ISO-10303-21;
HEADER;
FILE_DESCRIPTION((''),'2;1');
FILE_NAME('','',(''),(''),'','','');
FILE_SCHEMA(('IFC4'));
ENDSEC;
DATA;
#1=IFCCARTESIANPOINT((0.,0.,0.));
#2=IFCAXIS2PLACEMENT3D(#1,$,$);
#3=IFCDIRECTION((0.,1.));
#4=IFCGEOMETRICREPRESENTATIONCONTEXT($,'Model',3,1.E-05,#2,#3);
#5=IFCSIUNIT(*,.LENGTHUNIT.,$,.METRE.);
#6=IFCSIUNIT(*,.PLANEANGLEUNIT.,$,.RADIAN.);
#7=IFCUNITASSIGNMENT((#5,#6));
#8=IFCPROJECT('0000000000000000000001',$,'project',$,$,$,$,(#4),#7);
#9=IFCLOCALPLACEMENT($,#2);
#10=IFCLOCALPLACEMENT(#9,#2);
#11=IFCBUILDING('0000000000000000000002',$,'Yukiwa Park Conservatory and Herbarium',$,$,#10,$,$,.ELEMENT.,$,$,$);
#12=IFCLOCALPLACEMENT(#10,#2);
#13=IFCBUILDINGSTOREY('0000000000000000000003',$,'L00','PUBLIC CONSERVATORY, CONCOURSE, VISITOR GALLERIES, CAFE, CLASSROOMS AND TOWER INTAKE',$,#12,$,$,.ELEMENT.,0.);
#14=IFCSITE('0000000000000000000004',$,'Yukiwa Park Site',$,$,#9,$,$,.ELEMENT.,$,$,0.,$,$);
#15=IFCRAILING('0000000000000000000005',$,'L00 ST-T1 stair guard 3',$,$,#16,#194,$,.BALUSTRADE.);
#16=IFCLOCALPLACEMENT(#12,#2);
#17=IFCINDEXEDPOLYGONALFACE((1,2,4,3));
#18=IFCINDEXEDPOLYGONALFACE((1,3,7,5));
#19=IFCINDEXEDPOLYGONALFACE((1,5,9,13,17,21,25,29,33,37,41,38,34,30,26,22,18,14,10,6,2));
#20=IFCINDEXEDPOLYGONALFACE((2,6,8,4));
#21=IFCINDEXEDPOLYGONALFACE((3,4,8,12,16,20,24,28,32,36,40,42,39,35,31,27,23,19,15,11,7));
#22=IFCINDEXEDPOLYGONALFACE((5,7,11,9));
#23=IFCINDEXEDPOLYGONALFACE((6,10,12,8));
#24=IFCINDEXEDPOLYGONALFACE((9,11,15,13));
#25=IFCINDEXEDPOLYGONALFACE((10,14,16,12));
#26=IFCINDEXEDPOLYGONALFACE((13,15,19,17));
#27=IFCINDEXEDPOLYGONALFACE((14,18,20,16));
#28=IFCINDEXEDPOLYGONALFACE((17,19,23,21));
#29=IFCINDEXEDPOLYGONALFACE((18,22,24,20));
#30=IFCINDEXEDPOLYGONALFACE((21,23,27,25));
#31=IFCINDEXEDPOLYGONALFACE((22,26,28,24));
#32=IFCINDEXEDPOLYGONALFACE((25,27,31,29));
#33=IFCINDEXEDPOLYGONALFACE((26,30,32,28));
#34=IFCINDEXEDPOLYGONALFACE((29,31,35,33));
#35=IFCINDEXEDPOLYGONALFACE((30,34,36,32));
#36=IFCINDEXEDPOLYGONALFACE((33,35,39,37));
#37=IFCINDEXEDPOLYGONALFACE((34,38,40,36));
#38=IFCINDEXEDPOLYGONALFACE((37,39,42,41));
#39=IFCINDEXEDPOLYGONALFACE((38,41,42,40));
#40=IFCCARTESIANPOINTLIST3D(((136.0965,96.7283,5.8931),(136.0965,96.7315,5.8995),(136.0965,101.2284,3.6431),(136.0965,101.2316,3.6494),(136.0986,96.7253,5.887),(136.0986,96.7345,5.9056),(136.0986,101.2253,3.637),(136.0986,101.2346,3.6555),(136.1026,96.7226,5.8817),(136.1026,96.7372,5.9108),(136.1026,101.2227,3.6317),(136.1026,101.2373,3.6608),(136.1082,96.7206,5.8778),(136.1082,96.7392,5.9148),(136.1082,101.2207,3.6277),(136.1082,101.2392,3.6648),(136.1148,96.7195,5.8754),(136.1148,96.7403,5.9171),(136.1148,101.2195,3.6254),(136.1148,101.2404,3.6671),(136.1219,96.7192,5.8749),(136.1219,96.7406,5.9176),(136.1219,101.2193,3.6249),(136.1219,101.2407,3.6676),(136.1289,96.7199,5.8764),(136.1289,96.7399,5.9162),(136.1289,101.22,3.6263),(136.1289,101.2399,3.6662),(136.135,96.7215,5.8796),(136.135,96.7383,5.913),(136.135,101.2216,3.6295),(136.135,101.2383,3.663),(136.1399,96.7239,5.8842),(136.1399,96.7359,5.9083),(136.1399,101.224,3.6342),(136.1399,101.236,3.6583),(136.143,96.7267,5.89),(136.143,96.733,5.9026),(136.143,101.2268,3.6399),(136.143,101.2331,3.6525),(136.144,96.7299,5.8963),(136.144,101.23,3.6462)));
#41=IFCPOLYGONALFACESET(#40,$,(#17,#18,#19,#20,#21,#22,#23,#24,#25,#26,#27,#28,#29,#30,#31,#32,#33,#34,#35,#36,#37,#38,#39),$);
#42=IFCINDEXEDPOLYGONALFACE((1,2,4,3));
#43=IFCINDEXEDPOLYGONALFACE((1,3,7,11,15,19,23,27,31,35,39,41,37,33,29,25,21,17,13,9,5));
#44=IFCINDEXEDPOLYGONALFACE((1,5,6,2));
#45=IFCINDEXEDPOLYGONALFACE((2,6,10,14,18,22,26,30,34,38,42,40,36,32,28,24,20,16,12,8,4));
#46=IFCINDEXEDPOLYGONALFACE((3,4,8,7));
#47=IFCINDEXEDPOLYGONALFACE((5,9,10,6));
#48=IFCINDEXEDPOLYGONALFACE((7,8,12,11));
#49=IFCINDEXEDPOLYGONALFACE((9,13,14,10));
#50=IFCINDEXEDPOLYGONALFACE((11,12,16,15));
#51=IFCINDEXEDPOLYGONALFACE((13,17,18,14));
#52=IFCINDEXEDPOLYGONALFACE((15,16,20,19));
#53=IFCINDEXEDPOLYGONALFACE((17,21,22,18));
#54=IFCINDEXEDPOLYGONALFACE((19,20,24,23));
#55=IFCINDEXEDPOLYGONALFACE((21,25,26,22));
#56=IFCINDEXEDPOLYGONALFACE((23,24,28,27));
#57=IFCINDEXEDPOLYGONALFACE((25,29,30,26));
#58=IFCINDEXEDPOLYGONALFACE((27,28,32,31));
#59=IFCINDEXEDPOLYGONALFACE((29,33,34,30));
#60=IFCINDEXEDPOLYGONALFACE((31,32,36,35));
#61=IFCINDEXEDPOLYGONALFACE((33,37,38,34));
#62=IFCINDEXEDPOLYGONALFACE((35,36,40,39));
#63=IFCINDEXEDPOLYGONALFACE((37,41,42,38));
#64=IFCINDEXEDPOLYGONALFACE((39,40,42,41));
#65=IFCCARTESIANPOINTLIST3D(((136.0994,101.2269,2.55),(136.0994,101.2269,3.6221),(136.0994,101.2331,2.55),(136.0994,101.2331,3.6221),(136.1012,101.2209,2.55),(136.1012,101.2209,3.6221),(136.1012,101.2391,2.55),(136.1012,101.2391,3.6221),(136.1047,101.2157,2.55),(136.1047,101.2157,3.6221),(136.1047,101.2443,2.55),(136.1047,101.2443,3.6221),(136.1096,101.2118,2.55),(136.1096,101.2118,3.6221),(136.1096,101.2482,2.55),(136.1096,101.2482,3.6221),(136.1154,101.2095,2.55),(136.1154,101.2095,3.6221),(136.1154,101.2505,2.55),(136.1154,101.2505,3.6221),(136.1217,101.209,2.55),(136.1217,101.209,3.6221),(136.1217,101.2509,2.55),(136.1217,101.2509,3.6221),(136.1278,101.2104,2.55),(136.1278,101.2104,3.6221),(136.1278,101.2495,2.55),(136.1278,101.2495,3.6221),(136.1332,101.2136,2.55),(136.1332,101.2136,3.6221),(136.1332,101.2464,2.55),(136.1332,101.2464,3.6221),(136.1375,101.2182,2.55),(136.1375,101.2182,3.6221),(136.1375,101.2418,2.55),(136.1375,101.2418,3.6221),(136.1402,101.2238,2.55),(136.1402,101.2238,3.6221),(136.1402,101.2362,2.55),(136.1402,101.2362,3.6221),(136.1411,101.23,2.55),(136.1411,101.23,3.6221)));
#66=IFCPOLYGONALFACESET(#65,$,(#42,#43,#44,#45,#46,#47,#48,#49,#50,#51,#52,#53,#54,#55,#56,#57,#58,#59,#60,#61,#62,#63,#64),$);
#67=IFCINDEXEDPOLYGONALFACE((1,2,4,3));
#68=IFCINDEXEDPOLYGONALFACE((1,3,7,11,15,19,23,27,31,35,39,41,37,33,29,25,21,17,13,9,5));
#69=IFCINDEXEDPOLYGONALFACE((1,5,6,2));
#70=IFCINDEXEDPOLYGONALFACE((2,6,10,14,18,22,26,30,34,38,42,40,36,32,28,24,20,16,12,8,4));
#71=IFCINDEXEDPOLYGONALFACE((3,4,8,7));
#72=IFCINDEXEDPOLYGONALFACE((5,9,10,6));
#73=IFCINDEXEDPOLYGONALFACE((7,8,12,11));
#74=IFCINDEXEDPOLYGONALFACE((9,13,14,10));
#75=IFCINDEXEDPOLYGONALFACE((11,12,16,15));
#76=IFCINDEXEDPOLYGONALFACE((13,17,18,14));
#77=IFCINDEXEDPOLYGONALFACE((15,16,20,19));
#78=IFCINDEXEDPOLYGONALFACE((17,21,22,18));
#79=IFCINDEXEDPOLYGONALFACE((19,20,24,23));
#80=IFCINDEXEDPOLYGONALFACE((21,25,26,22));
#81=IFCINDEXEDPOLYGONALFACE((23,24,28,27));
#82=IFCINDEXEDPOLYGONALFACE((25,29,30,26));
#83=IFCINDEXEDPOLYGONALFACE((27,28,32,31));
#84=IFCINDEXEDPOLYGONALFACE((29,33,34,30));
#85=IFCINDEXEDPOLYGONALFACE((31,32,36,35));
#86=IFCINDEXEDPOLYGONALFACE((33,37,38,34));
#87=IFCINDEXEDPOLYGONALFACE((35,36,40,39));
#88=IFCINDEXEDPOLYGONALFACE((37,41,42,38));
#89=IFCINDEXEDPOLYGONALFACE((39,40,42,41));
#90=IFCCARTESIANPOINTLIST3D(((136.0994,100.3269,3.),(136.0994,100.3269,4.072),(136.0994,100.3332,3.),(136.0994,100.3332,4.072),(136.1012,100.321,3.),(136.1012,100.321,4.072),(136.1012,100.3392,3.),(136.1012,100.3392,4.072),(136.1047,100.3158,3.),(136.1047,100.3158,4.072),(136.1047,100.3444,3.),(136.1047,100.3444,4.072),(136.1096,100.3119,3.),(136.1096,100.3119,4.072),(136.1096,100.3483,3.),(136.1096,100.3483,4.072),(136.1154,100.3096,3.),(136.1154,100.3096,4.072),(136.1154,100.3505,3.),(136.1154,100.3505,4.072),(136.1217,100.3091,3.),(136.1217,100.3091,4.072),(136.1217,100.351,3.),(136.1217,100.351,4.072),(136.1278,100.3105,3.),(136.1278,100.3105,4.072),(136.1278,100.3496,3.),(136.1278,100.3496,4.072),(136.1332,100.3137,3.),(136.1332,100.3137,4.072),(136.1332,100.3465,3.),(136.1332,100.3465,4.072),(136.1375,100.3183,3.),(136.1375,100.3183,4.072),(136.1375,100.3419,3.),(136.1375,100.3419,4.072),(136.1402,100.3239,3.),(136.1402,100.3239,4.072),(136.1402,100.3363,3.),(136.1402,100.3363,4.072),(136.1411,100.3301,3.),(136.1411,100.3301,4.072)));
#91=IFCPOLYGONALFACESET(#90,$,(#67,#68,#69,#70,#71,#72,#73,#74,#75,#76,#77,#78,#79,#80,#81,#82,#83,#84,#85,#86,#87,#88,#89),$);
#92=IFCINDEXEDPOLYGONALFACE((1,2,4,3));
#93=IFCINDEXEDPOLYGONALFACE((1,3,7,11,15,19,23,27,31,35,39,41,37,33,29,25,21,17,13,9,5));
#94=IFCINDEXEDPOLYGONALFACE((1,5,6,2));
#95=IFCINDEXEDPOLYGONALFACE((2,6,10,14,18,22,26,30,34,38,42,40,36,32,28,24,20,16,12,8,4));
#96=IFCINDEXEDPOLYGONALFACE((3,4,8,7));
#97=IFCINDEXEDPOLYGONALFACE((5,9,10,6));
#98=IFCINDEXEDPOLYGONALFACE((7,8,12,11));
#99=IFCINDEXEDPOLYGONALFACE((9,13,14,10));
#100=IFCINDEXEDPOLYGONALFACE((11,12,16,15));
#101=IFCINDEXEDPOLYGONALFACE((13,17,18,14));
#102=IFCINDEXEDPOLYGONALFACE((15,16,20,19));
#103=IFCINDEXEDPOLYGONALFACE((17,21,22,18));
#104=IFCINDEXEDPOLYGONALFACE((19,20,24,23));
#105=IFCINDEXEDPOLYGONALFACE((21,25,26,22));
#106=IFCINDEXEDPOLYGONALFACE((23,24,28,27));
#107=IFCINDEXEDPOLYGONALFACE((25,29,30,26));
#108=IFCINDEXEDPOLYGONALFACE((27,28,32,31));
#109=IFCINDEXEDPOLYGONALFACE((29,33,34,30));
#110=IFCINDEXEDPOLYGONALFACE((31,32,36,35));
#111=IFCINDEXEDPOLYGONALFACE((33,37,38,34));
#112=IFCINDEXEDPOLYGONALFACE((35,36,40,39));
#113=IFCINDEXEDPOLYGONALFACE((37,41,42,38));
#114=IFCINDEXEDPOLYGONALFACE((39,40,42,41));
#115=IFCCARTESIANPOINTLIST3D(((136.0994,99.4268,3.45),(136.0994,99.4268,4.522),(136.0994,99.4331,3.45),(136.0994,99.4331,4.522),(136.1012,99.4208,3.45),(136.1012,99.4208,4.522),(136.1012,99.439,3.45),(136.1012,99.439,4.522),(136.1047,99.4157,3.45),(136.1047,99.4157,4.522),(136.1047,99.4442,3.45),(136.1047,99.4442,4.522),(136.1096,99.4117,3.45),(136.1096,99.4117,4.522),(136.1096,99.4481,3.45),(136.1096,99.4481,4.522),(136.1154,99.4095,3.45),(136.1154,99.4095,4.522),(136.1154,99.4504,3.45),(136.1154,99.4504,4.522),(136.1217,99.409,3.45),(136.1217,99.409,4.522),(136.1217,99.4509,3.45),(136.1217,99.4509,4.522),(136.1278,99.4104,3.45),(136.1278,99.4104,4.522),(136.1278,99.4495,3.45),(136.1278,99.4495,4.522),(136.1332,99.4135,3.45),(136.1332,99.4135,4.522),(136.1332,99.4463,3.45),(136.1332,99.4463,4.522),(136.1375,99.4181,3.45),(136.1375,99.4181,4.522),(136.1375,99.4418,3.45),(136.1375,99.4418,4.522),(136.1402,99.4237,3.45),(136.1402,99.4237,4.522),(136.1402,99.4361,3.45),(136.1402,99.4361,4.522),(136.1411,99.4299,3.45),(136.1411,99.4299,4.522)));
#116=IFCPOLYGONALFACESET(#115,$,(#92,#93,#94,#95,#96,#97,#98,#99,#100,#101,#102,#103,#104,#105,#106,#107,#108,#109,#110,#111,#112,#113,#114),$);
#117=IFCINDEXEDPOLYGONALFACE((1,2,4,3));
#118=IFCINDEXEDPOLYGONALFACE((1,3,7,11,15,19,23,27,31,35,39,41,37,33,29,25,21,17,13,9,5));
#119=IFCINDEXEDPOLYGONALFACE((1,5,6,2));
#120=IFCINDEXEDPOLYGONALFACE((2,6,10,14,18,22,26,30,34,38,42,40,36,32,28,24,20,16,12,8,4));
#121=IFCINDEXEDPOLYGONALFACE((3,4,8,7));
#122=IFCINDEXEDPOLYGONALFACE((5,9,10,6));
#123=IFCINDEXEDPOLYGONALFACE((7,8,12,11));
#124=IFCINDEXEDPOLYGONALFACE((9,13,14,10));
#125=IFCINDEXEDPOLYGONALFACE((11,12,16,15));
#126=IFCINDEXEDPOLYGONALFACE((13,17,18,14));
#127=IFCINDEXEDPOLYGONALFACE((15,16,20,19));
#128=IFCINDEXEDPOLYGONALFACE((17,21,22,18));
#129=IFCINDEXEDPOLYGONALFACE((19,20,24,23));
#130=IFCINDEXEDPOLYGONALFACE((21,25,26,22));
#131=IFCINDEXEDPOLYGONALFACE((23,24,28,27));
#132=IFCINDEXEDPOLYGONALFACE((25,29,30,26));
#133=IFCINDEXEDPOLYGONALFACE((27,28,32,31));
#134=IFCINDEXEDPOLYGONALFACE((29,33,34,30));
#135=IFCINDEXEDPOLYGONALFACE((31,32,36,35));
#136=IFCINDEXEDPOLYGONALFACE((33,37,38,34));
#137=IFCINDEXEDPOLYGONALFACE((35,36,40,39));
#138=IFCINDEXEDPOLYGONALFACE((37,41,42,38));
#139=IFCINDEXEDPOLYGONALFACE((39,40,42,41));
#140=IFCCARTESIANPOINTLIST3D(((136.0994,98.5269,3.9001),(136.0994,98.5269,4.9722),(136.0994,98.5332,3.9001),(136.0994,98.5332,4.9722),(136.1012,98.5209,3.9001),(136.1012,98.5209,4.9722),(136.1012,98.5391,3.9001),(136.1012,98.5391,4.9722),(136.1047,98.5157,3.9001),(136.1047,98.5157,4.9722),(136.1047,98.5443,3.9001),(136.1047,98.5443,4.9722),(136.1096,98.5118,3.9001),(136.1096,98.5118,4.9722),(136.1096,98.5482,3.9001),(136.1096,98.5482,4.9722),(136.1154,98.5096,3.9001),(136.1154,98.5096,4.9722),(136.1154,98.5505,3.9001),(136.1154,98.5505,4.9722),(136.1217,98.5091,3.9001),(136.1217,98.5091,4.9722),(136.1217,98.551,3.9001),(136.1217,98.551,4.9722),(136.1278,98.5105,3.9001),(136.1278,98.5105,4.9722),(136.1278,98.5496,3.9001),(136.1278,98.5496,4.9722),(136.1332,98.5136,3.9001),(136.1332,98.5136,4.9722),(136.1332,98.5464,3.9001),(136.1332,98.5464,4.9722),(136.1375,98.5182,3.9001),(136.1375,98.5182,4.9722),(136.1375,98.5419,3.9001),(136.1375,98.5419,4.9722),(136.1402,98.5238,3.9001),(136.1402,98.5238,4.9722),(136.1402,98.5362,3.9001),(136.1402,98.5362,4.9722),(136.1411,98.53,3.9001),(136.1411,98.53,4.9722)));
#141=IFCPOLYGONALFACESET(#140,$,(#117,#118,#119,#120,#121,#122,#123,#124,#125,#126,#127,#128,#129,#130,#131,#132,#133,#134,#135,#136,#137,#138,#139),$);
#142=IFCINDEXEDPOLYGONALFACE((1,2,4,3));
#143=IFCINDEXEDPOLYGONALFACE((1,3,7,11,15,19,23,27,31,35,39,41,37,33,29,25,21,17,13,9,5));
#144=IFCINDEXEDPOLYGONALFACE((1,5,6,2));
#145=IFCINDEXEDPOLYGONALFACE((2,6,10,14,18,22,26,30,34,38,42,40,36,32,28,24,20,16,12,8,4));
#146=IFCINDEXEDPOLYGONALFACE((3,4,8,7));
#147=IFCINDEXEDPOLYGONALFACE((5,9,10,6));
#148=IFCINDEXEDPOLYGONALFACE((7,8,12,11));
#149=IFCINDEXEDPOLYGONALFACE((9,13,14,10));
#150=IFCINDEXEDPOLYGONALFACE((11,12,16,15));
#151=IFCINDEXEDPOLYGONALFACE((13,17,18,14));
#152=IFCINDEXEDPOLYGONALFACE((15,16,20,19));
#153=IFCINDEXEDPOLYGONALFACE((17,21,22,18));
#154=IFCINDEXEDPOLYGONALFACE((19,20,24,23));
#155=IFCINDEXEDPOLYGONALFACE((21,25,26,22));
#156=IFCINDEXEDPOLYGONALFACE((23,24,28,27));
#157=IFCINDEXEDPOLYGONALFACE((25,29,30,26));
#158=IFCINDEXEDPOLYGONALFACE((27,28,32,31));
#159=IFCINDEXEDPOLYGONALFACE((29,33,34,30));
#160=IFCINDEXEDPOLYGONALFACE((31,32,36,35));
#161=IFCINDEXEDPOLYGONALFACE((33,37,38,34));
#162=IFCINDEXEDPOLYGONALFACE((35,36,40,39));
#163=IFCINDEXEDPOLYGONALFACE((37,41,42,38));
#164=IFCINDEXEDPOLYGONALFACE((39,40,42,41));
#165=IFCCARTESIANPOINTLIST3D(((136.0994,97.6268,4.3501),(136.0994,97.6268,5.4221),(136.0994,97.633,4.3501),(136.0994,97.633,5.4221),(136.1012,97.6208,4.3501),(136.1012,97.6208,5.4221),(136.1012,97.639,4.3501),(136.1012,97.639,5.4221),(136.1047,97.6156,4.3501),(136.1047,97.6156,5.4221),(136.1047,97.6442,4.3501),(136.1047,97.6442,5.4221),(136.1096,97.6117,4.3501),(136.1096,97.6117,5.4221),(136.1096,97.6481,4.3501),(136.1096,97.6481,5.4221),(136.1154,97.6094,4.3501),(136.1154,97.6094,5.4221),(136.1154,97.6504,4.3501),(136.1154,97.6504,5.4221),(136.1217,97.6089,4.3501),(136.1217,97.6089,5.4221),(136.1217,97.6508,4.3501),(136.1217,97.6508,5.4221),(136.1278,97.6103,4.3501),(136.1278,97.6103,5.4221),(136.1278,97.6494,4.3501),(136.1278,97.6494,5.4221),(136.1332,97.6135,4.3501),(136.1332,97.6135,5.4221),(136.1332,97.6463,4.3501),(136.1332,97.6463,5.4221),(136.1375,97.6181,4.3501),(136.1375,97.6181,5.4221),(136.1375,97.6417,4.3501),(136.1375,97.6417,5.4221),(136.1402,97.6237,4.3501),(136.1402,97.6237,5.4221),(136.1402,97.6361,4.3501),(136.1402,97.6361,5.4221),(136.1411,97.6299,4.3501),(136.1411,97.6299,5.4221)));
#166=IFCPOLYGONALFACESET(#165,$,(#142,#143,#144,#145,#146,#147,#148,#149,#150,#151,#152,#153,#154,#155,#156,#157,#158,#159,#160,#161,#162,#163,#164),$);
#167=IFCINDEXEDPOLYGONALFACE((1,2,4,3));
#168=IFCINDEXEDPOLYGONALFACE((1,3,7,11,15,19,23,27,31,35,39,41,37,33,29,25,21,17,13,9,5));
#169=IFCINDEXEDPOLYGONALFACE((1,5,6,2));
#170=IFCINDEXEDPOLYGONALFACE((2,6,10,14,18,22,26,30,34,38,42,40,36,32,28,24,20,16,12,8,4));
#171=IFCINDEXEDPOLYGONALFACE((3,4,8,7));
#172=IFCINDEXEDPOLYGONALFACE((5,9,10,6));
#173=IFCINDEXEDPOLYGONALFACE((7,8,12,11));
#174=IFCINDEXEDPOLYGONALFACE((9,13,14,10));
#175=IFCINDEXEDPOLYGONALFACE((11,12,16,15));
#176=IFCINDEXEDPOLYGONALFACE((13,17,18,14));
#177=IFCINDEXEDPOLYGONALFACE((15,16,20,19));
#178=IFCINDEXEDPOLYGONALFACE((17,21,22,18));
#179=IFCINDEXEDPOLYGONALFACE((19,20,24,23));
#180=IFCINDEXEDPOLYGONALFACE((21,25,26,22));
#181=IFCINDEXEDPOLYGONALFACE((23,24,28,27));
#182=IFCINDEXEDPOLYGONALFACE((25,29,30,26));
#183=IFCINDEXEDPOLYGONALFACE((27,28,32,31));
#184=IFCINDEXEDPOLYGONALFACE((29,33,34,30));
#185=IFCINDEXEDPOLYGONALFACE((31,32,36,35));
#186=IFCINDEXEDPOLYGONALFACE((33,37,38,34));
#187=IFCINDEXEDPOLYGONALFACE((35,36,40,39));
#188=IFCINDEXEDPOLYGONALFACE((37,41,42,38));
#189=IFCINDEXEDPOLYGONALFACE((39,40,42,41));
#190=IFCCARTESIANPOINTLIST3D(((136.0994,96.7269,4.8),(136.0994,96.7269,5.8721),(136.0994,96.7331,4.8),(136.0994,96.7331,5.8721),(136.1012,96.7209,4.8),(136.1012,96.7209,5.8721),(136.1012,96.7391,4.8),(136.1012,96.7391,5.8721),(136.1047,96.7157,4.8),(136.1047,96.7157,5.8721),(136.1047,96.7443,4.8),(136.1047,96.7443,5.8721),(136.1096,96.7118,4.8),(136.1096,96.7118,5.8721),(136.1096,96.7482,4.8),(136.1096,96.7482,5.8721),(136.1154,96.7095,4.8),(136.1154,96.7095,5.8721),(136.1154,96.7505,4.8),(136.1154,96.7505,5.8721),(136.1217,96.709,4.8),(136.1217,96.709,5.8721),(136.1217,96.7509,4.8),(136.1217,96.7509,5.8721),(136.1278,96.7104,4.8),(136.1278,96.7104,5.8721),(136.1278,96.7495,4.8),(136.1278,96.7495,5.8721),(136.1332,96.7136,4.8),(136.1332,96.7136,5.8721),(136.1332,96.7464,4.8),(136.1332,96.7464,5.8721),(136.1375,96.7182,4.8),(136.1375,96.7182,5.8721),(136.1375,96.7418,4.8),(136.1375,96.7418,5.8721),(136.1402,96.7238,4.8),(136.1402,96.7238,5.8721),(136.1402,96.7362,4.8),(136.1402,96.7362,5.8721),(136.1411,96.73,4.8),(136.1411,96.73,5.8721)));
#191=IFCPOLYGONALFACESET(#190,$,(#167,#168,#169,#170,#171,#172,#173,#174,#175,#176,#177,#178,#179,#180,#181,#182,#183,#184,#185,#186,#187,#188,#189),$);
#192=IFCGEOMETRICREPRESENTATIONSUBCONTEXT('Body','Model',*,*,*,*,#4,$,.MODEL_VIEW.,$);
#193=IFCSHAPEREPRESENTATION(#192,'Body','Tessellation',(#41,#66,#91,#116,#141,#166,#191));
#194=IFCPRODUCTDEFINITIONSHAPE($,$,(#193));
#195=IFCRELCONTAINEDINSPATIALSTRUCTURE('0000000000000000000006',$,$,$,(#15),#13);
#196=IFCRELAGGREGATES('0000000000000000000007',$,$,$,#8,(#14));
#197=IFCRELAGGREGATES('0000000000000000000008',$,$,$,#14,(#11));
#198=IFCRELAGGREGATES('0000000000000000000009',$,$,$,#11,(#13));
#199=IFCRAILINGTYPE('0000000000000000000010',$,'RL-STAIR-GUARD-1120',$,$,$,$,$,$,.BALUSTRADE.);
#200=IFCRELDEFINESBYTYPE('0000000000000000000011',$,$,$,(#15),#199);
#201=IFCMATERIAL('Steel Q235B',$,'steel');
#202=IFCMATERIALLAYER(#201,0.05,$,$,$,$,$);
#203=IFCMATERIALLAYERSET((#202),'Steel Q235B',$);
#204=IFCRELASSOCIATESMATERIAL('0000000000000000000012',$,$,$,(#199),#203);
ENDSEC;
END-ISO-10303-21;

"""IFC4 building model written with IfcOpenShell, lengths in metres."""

from ifc_helpers import new_model, si_unit, direction, frame, origin, origin_2d, place, context, subcontext, project, spatial, circle, extrude, material, layer, layer_set, type_object, element, save


model = new_model("IFC4")

# Units and contexts
model_context = context("Model", 3, precision=1e-05, world=origin(), true_north=direction((0.0, 1.0)))
body_context = subcontext(model_context, "Body", "Model", "MODEL_VIEW")
ifc_project = project(units=[si_unit("LENGTHUNIT", "METRE"), si_unit("PLANEANGLEUNIT", "RADIAN")], contexts=[model_context])

# Site, building, storey
site_placement = place(None, origin())
site = spatial("IfcSite", under=ifc_project, at=site_placement, Name="Yukiwa Park Site", CompositionType="ELEMENT", RefElevation=0.0)
building_placement = place(site_placement, origin())
building = spatial("IfcBuilding", under=site, at=building_placement, Name="Yukiwa Park Conservatory and Herbarium", CompositionType="ELEMENT")
storey_placement = place(building_placement, origin())
storey = spatial("IfcBuildingStorey", under=building, at=storey_placement, Name="L00", Description="PUBLIC CONSERVATORY, CONCOURSE, VISITOR GALLERIES, CAFE, CLASSROOMS AND TOWER INTAKE", CompositionType="ELEMENT", Elevation=0.0)

# Railing
ifc_material_1 = material(Name="Steel Q235B", Category="steel")
ifc_layer_1 = layer(ifc_material_1, 0.05)
ifc_layer_set_1 = layer_set([ifc_layer_1], Name="Steel Q235B")
railing_type_1 = type_object("IfcRailingType", Name="RL-STAIR-GUARD-1120", PredefinedType="BALUSTRADE", material=ifc_layer_set_1)
railing_1_placement = place(storey_placement, frame((136.1201, 101.23, 2.55)))
element("IfcRailing", 1, at=railing_1_placement, inside=storey, type_object=railing_type_1, Name="L00 ST-T1 stair guard 3", PredefinedType="BALUSTRADE", context=body_context, shape_type="SweptSolid", body=[
    extrude(circle(Radius=0.0239, at=origin_2d()), frame((0.0, 0.0, 1.0962), z_axis=(0.0, -0.894427, 0.447214), x_axis=(1.0, 0.0, 0.0)), (0.0, 0.0, 1.0), 5.0312),
    extrude(circle(Radius=0.021, at=origin_2d()), origin(), (0.0, 0.0, 1.0), 1.072),
    extrude(circle(Radius=0.021, at=origin_2d()), frame((0.0, -0.8999, 0.45)), (0.0, 0.0, 1.0), 1.072),
    extrude(circle(Radius=0.021, at=origin_2d()), frame((0.0, -1.8, 0.8999)), (0.0, 0.0, 1.0), 1.072),
    extrude(circle(Radius=0.021, at=origin_2d()), frame((0.0, -2.7, 1.3501)), (0.0, 0.0, 1.0), 1.072),
    extrude(circle(Radius=0.021, at=origin_2d()), frame((0.0, -3.6001, 1.8)), (0.0, 0.0, 1.0), 1.072),
    extrude(circle(Radius=0.021, at=origin_2d()), frame((0.0, -4.5, 2.25)), (0.0, 0.0, 1.0), 1.072),
])

save(model, "model.ifc")
